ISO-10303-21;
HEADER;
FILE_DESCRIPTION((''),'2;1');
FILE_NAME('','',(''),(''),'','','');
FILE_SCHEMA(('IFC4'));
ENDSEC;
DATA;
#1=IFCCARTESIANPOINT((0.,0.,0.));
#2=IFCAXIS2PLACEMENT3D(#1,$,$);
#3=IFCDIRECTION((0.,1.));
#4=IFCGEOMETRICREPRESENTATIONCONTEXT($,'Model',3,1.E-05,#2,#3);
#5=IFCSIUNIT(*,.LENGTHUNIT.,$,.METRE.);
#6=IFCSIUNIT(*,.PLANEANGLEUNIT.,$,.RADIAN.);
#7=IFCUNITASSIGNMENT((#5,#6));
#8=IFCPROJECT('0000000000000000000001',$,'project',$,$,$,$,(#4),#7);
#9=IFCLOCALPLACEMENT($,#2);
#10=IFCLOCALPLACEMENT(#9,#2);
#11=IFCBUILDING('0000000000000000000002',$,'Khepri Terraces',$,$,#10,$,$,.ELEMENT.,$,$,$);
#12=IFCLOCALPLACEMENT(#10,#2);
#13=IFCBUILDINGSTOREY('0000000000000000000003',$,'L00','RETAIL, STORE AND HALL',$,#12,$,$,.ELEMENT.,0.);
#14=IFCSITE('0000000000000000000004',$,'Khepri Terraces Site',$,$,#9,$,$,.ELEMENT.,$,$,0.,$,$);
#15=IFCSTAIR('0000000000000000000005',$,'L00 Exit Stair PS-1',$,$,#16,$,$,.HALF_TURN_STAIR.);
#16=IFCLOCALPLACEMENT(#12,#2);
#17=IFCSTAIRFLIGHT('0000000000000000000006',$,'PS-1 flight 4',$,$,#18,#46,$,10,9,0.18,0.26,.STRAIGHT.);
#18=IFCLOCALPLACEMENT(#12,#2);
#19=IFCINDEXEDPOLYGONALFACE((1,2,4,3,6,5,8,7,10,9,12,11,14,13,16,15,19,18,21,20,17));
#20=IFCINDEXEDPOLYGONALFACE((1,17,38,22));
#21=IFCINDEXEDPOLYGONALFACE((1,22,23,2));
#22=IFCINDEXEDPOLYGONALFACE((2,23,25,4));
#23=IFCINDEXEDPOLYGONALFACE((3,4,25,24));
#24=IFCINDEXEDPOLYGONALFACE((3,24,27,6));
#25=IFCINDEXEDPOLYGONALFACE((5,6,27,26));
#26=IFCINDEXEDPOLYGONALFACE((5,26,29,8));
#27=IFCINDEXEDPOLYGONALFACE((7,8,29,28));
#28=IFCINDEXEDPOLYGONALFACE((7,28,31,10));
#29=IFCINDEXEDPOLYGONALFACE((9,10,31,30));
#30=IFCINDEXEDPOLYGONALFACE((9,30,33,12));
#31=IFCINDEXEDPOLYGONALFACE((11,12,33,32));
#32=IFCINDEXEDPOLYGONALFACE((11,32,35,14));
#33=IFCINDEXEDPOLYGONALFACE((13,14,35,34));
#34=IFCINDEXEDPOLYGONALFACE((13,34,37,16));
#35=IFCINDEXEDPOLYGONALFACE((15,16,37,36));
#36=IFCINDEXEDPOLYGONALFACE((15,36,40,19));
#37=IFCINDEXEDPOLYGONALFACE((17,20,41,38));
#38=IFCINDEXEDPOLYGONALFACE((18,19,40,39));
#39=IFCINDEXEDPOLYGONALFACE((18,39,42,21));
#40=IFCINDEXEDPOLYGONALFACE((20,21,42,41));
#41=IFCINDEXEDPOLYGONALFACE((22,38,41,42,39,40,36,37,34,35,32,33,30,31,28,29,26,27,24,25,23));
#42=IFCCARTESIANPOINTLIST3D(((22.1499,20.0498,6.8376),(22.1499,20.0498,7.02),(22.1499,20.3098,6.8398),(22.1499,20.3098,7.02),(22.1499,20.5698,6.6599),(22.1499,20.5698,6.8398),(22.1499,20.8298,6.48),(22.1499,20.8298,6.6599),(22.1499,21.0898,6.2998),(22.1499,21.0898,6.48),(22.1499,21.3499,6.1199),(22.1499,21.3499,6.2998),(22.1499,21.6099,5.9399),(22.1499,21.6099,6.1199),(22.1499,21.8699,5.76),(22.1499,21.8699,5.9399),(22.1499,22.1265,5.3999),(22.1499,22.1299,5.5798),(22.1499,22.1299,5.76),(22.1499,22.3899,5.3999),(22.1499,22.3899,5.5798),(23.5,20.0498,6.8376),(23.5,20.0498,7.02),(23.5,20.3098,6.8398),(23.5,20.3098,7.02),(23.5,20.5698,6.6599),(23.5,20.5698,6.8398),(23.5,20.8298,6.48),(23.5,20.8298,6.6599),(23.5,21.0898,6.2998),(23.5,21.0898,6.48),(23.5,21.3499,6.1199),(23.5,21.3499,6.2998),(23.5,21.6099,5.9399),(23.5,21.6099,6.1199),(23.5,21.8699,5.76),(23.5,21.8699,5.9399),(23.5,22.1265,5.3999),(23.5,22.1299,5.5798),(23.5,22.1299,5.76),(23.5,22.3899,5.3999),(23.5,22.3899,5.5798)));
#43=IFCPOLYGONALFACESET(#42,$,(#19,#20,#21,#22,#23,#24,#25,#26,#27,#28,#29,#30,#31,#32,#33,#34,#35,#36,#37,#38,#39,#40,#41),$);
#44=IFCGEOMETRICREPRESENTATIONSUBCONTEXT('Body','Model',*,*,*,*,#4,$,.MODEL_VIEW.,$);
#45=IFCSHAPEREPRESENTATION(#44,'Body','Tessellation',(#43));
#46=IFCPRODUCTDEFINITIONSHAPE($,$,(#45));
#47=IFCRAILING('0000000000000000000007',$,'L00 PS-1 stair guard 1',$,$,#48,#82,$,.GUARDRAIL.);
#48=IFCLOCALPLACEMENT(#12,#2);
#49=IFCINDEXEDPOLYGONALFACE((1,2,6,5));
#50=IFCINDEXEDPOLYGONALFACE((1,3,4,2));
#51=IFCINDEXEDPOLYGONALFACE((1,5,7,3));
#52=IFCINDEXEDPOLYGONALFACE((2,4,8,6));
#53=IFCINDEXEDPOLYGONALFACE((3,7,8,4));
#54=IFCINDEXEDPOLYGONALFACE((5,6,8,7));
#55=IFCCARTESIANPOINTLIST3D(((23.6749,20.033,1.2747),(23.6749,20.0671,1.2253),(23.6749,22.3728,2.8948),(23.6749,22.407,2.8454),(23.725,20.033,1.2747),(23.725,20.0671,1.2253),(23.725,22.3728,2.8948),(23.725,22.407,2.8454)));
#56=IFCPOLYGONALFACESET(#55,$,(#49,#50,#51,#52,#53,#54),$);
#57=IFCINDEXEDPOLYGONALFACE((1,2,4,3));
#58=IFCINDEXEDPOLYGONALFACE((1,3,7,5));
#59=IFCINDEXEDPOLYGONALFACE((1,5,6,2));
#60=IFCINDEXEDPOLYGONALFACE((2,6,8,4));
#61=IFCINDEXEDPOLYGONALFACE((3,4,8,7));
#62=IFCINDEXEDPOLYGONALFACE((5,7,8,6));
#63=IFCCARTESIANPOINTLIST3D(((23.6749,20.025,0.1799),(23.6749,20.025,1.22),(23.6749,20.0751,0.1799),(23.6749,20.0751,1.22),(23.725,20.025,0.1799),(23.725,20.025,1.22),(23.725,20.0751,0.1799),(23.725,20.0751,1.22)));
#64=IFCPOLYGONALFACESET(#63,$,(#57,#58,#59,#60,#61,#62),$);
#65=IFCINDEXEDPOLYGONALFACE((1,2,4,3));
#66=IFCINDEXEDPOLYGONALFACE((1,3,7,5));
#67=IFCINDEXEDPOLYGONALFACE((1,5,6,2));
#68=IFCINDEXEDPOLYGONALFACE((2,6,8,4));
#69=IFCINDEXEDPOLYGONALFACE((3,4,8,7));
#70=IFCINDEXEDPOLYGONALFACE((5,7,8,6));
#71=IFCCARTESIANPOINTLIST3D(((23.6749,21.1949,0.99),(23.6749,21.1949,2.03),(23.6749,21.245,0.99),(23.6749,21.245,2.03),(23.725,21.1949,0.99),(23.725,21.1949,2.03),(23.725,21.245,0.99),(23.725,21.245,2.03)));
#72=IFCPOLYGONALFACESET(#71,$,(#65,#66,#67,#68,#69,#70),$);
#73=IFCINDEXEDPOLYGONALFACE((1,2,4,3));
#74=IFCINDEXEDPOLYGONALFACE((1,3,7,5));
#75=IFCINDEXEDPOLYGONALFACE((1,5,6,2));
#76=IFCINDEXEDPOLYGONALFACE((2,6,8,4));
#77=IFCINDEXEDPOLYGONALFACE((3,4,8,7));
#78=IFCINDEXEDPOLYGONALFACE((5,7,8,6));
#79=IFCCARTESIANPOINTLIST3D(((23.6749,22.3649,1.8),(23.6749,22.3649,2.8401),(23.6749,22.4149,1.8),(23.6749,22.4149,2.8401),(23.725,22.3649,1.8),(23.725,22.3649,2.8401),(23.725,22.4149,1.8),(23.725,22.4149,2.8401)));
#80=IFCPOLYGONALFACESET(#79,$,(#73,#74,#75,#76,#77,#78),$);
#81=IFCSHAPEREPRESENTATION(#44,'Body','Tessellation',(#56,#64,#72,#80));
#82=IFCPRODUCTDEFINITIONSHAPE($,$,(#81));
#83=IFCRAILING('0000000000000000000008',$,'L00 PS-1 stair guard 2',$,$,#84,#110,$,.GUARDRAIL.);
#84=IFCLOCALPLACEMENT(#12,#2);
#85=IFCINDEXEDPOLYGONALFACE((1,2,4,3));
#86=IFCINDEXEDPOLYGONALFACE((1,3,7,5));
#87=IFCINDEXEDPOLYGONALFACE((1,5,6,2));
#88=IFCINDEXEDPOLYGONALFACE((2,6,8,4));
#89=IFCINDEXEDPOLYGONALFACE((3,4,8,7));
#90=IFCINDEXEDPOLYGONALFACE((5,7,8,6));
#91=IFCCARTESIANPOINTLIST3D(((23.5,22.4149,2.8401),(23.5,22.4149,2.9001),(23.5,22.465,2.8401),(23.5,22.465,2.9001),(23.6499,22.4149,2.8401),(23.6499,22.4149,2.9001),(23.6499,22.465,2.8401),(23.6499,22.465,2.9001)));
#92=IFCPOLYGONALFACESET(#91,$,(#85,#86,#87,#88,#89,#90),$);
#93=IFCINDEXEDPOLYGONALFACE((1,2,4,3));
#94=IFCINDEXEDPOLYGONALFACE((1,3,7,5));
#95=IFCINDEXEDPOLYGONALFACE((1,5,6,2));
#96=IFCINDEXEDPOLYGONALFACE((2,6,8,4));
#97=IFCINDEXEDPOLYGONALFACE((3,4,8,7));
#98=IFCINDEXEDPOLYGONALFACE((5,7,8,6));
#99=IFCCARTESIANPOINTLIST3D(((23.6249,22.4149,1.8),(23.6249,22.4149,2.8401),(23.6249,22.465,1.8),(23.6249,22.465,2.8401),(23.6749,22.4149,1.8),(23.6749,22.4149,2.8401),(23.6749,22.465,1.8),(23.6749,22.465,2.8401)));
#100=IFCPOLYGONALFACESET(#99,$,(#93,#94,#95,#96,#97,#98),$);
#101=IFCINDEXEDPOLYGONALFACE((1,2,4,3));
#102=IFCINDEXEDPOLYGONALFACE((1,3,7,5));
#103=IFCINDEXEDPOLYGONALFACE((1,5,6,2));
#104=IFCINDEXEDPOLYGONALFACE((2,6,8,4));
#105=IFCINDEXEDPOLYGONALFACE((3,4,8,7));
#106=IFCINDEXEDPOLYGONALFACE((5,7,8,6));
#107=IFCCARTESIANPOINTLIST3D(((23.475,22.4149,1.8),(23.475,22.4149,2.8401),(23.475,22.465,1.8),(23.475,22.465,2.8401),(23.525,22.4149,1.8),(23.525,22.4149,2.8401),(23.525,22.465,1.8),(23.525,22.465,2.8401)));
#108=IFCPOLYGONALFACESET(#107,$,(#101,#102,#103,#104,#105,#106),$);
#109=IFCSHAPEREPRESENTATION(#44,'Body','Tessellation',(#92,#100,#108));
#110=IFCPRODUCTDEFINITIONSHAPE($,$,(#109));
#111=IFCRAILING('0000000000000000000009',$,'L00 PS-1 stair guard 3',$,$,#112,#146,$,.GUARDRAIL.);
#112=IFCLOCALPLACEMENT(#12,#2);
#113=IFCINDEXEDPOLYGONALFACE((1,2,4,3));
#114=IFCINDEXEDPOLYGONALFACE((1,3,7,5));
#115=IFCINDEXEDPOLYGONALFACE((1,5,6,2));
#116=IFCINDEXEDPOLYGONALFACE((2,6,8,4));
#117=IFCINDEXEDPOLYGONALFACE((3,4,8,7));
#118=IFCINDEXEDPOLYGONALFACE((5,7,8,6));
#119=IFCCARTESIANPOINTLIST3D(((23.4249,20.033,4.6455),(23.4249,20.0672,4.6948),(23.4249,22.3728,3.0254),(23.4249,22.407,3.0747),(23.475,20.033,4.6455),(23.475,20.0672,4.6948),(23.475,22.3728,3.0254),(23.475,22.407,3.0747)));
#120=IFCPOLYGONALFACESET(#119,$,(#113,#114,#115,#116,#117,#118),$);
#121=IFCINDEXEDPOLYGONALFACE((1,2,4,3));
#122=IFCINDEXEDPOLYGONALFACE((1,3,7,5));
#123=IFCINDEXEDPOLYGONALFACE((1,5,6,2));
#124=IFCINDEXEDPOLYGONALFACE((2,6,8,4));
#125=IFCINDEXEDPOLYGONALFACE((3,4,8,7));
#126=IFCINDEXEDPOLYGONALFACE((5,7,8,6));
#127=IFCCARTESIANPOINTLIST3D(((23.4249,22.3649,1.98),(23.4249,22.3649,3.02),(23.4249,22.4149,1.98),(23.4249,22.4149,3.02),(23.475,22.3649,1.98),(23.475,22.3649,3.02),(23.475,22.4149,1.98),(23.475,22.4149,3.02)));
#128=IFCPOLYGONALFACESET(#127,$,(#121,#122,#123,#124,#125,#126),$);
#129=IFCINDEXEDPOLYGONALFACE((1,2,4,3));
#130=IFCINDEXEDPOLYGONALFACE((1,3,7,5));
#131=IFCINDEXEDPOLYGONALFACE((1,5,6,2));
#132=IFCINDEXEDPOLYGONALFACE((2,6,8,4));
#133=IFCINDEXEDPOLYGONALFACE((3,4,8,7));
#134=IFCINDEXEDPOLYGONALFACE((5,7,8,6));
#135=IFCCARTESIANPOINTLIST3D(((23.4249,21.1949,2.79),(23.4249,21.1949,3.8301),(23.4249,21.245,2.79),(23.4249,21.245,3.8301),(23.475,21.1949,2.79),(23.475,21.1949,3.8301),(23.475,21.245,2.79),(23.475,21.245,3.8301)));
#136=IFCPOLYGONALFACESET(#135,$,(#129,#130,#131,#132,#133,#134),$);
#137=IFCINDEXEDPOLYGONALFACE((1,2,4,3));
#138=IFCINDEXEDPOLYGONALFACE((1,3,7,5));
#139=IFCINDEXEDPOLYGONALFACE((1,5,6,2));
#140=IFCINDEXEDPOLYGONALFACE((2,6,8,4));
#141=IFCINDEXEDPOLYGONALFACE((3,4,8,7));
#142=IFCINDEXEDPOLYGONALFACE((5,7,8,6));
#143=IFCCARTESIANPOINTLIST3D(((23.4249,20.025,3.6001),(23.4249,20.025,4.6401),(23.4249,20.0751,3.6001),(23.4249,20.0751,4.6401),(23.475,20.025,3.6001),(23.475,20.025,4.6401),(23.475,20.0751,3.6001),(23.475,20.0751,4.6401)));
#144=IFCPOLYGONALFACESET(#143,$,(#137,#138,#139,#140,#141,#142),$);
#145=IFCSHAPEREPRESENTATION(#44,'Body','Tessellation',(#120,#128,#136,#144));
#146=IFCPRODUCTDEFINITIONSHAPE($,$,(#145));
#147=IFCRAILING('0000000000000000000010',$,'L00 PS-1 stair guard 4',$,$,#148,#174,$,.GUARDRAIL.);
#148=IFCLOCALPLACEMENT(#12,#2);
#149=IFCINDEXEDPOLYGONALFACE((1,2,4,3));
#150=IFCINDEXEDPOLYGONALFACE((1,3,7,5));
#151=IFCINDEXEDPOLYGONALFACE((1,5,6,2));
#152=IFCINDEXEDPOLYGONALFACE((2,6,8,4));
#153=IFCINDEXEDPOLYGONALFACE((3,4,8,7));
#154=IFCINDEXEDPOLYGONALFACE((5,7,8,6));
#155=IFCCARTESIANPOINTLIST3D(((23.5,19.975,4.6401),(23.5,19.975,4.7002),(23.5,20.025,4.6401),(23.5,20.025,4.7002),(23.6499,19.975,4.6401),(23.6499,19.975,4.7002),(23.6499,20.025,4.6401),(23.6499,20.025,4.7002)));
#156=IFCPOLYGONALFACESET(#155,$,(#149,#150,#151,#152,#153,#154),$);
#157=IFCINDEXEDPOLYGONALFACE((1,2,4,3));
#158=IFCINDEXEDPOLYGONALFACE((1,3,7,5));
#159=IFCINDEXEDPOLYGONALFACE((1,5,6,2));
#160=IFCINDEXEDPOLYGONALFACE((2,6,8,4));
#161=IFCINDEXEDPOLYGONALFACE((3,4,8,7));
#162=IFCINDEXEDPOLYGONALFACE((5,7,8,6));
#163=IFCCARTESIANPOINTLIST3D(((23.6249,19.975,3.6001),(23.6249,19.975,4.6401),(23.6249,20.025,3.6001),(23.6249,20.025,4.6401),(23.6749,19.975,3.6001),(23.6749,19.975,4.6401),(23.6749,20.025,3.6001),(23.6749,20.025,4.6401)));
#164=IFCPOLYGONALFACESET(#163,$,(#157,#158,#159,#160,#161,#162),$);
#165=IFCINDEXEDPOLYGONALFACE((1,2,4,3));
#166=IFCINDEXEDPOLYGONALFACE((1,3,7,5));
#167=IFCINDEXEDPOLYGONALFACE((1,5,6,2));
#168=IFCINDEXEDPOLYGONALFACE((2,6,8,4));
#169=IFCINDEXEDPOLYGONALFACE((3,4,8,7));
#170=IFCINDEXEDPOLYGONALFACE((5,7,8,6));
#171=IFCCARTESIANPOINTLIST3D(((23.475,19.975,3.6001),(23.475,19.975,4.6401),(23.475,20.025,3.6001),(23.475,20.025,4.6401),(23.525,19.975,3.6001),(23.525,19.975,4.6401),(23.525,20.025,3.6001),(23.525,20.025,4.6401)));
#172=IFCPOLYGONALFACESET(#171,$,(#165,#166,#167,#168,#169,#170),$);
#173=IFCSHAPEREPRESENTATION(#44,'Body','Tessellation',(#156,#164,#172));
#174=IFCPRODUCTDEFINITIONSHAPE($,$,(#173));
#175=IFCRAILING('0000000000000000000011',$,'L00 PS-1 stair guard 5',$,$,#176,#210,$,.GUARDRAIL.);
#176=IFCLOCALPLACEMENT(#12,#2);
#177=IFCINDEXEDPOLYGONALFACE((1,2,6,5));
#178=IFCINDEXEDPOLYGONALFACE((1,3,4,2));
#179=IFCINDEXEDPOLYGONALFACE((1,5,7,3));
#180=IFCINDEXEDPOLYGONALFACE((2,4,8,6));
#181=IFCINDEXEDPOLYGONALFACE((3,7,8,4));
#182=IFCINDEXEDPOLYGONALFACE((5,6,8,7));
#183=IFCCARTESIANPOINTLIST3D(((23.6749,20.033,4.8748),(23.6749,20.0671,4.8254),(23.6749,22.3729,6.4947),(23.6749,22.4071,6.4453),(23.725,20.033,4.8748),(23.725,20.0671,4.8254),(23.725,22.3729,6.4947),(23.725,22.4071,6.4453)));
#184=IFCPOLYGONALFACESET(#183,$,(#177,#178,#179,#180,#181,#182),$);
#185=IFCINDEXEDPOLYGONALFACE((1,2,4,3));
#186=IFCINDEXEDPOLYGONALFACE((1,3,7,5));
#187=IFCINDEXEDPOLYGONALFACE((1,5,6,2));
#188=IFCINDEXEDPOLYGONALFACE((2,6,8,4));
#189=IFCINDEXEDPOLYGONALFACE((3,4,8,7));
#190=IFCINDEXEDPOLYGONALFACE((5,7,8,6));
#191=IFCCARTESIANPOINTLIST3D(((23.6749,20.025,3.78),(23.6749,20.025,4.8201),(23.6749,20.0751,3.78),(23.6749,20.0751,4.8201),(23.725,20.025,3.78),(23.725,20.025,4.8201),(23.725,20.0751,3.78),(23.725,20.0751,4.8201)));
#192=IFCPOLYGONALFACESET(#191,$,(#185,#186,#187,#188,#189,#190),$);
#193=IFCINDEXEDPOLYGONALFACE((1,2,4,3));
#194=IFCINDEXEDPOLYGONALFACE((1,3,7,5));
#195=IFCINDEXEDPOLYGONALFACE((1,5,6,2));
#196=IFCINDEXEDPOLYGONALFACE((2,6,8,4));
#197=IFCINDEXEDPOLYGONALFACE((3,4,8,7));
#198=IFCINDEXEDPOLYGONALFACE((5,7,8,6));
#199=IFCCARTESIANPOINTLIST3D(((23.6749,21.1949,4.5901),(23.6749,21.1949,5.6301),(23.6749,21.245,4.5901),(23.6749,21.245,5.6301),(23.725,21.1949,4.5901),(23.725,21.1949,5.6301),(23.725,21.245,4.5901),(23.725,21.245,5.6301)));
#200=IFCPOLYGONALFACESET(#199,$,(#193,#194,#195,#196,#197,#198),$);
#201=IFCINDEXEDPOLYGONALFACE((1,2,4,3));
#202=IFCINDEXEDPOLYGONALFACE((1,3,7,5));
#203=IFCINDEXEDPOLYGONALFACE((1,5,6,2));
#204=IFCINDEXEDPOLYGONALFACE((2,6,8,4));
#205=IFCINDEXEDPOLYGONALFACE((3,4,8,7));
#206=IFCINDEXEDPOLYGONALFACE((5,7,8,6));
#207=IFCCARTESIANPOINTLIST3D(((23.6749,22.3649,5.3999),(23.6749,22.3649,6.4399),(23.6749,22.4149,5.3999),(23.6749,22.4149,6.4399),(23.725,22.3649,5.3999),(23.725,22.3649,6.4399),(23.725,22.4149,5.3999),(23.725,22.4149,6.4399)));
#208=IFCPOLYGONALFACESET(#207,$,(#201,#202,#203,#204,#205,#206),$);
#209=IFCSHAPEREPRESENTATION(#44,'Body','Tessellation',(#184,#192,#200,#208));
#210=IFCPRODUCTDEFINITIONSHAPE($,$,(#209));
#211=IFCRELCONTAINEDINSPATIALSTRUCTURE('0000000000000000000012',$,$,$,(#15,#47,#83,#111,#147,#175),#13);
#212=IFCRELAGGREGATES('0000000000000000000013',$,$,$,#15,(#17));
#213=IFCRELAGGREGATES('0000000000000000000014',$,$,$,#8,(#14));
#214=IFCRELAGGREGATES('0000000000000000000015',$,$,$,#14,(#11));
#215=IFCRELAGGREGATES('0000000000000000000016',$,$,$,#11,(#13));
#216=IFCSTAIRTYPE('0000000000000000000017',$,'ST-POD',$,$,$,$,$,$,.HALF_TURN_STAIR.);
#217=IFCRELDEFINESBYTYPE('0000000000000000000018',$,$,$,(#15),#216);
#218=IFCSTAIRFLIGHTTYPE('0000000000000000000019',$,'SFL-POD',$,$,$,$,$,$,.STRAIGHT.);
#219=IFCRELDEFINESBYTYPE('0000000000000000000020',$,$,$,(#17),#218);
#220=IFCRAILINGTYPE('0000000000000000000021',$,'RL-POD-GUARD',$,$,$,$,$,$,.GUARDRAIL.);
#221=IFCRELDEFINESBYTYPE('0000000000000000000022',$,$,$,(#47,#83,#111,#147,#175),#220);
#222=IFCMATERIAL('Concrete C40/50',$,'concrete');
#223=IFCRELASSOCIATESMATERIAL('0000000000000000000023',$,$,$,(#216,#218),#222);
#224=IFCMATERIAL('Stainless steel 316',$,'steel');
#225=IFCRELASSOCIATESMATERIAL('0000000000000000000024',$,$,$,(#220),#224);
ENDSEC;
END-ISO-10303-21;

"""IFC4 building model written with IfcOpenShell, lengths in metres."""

from ifc_helpers import new_model, si_unit, direction, frame, origin, origin_2d, place, context, subcontext, project, spatial, polyline, rectangle, outline, extrude, material, type_object, element, aggregate, save


model = new_model("IFC4")

# Units and contexts
model_context = context("Model", 3, precision=1e-05, world=origin(), true_north=direction((0.0, 1.0)))
body_context = subcontext(model_context, "Body", "Model", "MODEL_VIEW")
ifc_project = project(units=[si_unit("LENGTHUNIT", "METRE"), si_unit("PLANEANGLEUNIT", "RADIAN")], contexts=[model_context])

# Site, building, storey
site_placement = place(None, origin())
site = spatial("IfcSite", under=ifc_project, at=site_placement, Name="Khepri Terraces Site", CompositionType="ELEMENT", RefElevation=0.0)
building_placement = place(site_placement, origin())
building = spatial("IfcBuilding", under=site, at=building_placement, Name="Khepri Terraces", CompositionType="ELEMENT")
storey_placement = place(building_placement, origin())
storey = spatial("IfcBuildingStorey", under=building, at=storey_placement, Name="L00", Description="RETAIL, STORE AND HALL", CompositionType="ELEMENT", Elevation=0.0)

# Shared definitions
ifc_material_1 = material(Name="Concrete C40/50", Category="concrete")

# Stair, stair flight
stair_type = type_object("IfcStairType", Name="ST-POD", PredefinedType="HALF_TURN_STAIR", material=ifc_material_1)
stair_placement = place(storey_placement, origin())
stair = element("IfcStair", 1, at=stair_placement, inside=storey, type_object=stair_type, Name="L00 Exit Stair PS-1", PredefinedType="HALF_TURN_STAIR")
stair_flight_type = type_object("IfcStairFlightType", Name="SFL-POD", PredefinedType="STRAIGHT", material=ifc_material_1)
stair_flight_1_placement = place(storey_placement, frame((22.825, 22.3899, 5.3999), z_axis=(0.0, 0.0, 1.0), x_axis=(0.0, -1.0, 0.0)))
stair_flight_1 = element("IfcStairFlight", 2, at=stair_flight_1_placement, type_object=stair_flight_type, Name="PS-1 flight 4", NumberOfRisers=10, NumberOfTreads=9, PredefinedType="STRAIGHT", RiserHeight=0.18, TreadLength=0.26, context=body_context, shape_type="SweptSolid", body=[
    extrude(outline(polyline([(0.0, 0.0), (0.0, 0.1799), (0.26, 0.1799), (0.26, 0.3601), (0.52, 0.3601), (0.52, 0.54), (0.78, 0.54), (0.78, 0.72), (1.04, 0.72), (1.04, 0.8999), (1.3, 0.8999), (1.3, 1.0801), (1.5601, 1.0801), (1.5601, 1.26), (1.8201, 1.26), (1.8201, 1.4399), (2.0801, 1.4399), (2.0801, 1.6201), (2.3401, 1.6201), (2.3401, 1.8), (2.3401, 1.4377), (0.2634, 0.0), (0.0, 0.0)])), frame((0.0, 0.675, 0.0), z_axis=(0.0, -1.0, 0.0), x_axis=(1.0, 0.0, 0.0)), (0.0, 0.0, 1.0), 1.3501),
])
aggregate(stair, [stair_flight_1])

# Railings
ifc_material_2 = material(Name="Stainless steel 316", Category="steel")
railing_type_1 = type_object("IfcRailingType", Name="RL-POD-GUARD", PredefinedType="GUARDRAIL", material=ifc_material_2)
railing_1_placement = place(storey_placement, frame((23.7, 20.05, 0.1799)))
element("IfcRailing", 3, at=railing_1_placement, inside=storey, type_object=railing_type_1, Name="L00 PS-1 stair guard 1", PredefinedType="GUARDRAIL", context=body_context, shape_type="SweptSolid", body=[
    extrude(rectangle(XDim=0.05, YDim=0.0601, at=origin_2d()), frame((0.0, 0.0, 1.0701), z_axis=(0.0, 0.822155, 0.569264), x_axis=(-1.0, 0.0, 0.0)), (0.0, 0.0, 1.0), 2.8459),
    extrude(rectangle(XDim=0.05, YDim=0.05, at=origin_2d()), origin(), (0.0, 0.0, 1.0), 1.04),
    extrude(rectangle(XDim=0.05, YDim=0.05, at=origin_2d()), frame((0.0, 1.1699, 0.8101)), (0.0, 0.0, 1.0), 1.04),
    extrude(rectangle(XDim=0.05, YDim=0.05, at=origin_2d()), frame((0.0, 2.3398, 1.6201)), (0.0, 0.0, 1.0), 1.04),
])
railing_2_placement = place(storey_placement, frame((23.6499, 22.4399, 1.8)))
element("IfcRailing", 4, at=railing_2_placement, inside=storey, type_object=railing_type_1, Name="L00 PS-1 stair guard 2", PredefinedType="GUARDRAIL", context=body_context, shape_type="SweptSolid", body=[
    extrude(rectangle(XDim=0.05, YDim=0.0601, at=origin_2d()), frame((0.0, 0.0, 1.0701), z_axis=(-1.0, 0.0, 0.0), x_axis=(0.0, -1.0, 0.0)), (0.0, 0.0, 1.0), 0.1499),
    extrude(rectangle(XDim=0.05, YDim=0.05, at=origin_2d()), origin(), (0.0, 0.0, 1.0), 1.04),
    extrude(rectangle(XDim=0.05, YDim=0.05, at=origin_2d()), frame((-0.1499, 0.0, 0.0)), (0.0, 0.0, 1.0), 1.04),
])
railing_3_placement = place(storey_placement, frame((23.45, 22.3899, 1.98)))
element("IfcRailing", 5, at=railing_3_placement, inside=storey, type_object=railing_type_1, Name="L00 PS-1 stair guard 3", PredefinedType="GUARDRAIL", context=body_context, shape_type="SweptSolid", body=[
    extrude(rectangle(XDim=0.05, YDim=0.0601, at=origin_2d()), frame((0.0, 0.0, 1.0701), z_axis=(0.0, -0.822155, 0.569264), x_axis=(1.0, 0.0, 0.0)), (0.0, 0.0, 1.0), 2.8459),
    extrude(rectangle(XDim=0.05, YDim=0.05, at=origin_2d()), origin(), (0.0, 0.0, 1.0), 1.04),
    extrude(rectangle(XDim=0.05, YDim=0.05, at=origin_2d()), frame((0.0, -1.1699, 0.8101)), (0.0, 0.0, 1.0), 1.04),
    extrude(rectangle(XDim=0.05, YDim=0.05, at=origin_2d()), frame((0.0, -2.3398, 1.6201)), (0.0, 0.0, 1.0), 1.04),
])
railing_4_placement = place(storey_placement, frame((23.6499, 20.0, 3.6001)))
element("IfcRailing", 6, at=railing_4_placement, inside=storey, type_object=railing_type_1, Name="L00 PS-1 stair guard 4", PredefinedType="GUARDRAIL", context=body_context, shape_type="SweptSolid", body=[
    extrude(rectangle(XDim=0.05, YDim=0.0601, at=origin_2d()), frame((0.0, 0.0, 1.0701), z_axis=(-1.0, 0.0, 0.0), x_axis=(0.0, -1.0, 0.0)), (0.0, 0.0, 1.0), 0.1499),
    extrude(rectangle(XDim=0.05, YDim=0.05, at=origin_2d()), origin(), (0.0, 0.0, 1.0), 1.04),
    extrude(rectangle(XDim=0.05, YDim=0.05, at=origin_2d()), frame((-0.1499, 0.0, 0.0)), (0.0, 0.0, 1.0), 1.04),
])
railing_5_placement = place(storey_placement, frame((23.7, 20.05, 3.78)))
element("IfcRailing", 7, at=railing_5_placement, inside=storey, type_object=railing_type_1, Name="L00 PS-1 stair guard 5", PredefinedType="GUARDRAIL", context=body_context, shape_type="SweptSolid", body=[
    extrude(rectangle(XDim=0.05, YDim=0.0601, at=origin_2d()), frame((0.0, 0.0, 1.0701), z_axis=(0.0, 0.822195, 0.569206), x_axis=(-1.0, 0.0, 0.0)), (0.0, 0.0, 1.0), 2.8459),
    extrude(rectangle(XDim=0.05, YDim=0.05, at=origin_2d()), origin(), (0.0, 0.0, 1.0), 1.04),
    extrude(rectangle(XDim=0.05, YDim=0.05, at=origin_2d()), frame((0.0, 1.1699, 0.8101)), (0.0, 0.0, 1.0), 1.04),
    extrude(rectangle(XDim=0.05, YDim=0.05, at=origin_2d()), frame((0.0, 2.3398, 1.6199)), (0.0, 0.0, 1.0), 1.04),
])

save(model, "model.ifc")
